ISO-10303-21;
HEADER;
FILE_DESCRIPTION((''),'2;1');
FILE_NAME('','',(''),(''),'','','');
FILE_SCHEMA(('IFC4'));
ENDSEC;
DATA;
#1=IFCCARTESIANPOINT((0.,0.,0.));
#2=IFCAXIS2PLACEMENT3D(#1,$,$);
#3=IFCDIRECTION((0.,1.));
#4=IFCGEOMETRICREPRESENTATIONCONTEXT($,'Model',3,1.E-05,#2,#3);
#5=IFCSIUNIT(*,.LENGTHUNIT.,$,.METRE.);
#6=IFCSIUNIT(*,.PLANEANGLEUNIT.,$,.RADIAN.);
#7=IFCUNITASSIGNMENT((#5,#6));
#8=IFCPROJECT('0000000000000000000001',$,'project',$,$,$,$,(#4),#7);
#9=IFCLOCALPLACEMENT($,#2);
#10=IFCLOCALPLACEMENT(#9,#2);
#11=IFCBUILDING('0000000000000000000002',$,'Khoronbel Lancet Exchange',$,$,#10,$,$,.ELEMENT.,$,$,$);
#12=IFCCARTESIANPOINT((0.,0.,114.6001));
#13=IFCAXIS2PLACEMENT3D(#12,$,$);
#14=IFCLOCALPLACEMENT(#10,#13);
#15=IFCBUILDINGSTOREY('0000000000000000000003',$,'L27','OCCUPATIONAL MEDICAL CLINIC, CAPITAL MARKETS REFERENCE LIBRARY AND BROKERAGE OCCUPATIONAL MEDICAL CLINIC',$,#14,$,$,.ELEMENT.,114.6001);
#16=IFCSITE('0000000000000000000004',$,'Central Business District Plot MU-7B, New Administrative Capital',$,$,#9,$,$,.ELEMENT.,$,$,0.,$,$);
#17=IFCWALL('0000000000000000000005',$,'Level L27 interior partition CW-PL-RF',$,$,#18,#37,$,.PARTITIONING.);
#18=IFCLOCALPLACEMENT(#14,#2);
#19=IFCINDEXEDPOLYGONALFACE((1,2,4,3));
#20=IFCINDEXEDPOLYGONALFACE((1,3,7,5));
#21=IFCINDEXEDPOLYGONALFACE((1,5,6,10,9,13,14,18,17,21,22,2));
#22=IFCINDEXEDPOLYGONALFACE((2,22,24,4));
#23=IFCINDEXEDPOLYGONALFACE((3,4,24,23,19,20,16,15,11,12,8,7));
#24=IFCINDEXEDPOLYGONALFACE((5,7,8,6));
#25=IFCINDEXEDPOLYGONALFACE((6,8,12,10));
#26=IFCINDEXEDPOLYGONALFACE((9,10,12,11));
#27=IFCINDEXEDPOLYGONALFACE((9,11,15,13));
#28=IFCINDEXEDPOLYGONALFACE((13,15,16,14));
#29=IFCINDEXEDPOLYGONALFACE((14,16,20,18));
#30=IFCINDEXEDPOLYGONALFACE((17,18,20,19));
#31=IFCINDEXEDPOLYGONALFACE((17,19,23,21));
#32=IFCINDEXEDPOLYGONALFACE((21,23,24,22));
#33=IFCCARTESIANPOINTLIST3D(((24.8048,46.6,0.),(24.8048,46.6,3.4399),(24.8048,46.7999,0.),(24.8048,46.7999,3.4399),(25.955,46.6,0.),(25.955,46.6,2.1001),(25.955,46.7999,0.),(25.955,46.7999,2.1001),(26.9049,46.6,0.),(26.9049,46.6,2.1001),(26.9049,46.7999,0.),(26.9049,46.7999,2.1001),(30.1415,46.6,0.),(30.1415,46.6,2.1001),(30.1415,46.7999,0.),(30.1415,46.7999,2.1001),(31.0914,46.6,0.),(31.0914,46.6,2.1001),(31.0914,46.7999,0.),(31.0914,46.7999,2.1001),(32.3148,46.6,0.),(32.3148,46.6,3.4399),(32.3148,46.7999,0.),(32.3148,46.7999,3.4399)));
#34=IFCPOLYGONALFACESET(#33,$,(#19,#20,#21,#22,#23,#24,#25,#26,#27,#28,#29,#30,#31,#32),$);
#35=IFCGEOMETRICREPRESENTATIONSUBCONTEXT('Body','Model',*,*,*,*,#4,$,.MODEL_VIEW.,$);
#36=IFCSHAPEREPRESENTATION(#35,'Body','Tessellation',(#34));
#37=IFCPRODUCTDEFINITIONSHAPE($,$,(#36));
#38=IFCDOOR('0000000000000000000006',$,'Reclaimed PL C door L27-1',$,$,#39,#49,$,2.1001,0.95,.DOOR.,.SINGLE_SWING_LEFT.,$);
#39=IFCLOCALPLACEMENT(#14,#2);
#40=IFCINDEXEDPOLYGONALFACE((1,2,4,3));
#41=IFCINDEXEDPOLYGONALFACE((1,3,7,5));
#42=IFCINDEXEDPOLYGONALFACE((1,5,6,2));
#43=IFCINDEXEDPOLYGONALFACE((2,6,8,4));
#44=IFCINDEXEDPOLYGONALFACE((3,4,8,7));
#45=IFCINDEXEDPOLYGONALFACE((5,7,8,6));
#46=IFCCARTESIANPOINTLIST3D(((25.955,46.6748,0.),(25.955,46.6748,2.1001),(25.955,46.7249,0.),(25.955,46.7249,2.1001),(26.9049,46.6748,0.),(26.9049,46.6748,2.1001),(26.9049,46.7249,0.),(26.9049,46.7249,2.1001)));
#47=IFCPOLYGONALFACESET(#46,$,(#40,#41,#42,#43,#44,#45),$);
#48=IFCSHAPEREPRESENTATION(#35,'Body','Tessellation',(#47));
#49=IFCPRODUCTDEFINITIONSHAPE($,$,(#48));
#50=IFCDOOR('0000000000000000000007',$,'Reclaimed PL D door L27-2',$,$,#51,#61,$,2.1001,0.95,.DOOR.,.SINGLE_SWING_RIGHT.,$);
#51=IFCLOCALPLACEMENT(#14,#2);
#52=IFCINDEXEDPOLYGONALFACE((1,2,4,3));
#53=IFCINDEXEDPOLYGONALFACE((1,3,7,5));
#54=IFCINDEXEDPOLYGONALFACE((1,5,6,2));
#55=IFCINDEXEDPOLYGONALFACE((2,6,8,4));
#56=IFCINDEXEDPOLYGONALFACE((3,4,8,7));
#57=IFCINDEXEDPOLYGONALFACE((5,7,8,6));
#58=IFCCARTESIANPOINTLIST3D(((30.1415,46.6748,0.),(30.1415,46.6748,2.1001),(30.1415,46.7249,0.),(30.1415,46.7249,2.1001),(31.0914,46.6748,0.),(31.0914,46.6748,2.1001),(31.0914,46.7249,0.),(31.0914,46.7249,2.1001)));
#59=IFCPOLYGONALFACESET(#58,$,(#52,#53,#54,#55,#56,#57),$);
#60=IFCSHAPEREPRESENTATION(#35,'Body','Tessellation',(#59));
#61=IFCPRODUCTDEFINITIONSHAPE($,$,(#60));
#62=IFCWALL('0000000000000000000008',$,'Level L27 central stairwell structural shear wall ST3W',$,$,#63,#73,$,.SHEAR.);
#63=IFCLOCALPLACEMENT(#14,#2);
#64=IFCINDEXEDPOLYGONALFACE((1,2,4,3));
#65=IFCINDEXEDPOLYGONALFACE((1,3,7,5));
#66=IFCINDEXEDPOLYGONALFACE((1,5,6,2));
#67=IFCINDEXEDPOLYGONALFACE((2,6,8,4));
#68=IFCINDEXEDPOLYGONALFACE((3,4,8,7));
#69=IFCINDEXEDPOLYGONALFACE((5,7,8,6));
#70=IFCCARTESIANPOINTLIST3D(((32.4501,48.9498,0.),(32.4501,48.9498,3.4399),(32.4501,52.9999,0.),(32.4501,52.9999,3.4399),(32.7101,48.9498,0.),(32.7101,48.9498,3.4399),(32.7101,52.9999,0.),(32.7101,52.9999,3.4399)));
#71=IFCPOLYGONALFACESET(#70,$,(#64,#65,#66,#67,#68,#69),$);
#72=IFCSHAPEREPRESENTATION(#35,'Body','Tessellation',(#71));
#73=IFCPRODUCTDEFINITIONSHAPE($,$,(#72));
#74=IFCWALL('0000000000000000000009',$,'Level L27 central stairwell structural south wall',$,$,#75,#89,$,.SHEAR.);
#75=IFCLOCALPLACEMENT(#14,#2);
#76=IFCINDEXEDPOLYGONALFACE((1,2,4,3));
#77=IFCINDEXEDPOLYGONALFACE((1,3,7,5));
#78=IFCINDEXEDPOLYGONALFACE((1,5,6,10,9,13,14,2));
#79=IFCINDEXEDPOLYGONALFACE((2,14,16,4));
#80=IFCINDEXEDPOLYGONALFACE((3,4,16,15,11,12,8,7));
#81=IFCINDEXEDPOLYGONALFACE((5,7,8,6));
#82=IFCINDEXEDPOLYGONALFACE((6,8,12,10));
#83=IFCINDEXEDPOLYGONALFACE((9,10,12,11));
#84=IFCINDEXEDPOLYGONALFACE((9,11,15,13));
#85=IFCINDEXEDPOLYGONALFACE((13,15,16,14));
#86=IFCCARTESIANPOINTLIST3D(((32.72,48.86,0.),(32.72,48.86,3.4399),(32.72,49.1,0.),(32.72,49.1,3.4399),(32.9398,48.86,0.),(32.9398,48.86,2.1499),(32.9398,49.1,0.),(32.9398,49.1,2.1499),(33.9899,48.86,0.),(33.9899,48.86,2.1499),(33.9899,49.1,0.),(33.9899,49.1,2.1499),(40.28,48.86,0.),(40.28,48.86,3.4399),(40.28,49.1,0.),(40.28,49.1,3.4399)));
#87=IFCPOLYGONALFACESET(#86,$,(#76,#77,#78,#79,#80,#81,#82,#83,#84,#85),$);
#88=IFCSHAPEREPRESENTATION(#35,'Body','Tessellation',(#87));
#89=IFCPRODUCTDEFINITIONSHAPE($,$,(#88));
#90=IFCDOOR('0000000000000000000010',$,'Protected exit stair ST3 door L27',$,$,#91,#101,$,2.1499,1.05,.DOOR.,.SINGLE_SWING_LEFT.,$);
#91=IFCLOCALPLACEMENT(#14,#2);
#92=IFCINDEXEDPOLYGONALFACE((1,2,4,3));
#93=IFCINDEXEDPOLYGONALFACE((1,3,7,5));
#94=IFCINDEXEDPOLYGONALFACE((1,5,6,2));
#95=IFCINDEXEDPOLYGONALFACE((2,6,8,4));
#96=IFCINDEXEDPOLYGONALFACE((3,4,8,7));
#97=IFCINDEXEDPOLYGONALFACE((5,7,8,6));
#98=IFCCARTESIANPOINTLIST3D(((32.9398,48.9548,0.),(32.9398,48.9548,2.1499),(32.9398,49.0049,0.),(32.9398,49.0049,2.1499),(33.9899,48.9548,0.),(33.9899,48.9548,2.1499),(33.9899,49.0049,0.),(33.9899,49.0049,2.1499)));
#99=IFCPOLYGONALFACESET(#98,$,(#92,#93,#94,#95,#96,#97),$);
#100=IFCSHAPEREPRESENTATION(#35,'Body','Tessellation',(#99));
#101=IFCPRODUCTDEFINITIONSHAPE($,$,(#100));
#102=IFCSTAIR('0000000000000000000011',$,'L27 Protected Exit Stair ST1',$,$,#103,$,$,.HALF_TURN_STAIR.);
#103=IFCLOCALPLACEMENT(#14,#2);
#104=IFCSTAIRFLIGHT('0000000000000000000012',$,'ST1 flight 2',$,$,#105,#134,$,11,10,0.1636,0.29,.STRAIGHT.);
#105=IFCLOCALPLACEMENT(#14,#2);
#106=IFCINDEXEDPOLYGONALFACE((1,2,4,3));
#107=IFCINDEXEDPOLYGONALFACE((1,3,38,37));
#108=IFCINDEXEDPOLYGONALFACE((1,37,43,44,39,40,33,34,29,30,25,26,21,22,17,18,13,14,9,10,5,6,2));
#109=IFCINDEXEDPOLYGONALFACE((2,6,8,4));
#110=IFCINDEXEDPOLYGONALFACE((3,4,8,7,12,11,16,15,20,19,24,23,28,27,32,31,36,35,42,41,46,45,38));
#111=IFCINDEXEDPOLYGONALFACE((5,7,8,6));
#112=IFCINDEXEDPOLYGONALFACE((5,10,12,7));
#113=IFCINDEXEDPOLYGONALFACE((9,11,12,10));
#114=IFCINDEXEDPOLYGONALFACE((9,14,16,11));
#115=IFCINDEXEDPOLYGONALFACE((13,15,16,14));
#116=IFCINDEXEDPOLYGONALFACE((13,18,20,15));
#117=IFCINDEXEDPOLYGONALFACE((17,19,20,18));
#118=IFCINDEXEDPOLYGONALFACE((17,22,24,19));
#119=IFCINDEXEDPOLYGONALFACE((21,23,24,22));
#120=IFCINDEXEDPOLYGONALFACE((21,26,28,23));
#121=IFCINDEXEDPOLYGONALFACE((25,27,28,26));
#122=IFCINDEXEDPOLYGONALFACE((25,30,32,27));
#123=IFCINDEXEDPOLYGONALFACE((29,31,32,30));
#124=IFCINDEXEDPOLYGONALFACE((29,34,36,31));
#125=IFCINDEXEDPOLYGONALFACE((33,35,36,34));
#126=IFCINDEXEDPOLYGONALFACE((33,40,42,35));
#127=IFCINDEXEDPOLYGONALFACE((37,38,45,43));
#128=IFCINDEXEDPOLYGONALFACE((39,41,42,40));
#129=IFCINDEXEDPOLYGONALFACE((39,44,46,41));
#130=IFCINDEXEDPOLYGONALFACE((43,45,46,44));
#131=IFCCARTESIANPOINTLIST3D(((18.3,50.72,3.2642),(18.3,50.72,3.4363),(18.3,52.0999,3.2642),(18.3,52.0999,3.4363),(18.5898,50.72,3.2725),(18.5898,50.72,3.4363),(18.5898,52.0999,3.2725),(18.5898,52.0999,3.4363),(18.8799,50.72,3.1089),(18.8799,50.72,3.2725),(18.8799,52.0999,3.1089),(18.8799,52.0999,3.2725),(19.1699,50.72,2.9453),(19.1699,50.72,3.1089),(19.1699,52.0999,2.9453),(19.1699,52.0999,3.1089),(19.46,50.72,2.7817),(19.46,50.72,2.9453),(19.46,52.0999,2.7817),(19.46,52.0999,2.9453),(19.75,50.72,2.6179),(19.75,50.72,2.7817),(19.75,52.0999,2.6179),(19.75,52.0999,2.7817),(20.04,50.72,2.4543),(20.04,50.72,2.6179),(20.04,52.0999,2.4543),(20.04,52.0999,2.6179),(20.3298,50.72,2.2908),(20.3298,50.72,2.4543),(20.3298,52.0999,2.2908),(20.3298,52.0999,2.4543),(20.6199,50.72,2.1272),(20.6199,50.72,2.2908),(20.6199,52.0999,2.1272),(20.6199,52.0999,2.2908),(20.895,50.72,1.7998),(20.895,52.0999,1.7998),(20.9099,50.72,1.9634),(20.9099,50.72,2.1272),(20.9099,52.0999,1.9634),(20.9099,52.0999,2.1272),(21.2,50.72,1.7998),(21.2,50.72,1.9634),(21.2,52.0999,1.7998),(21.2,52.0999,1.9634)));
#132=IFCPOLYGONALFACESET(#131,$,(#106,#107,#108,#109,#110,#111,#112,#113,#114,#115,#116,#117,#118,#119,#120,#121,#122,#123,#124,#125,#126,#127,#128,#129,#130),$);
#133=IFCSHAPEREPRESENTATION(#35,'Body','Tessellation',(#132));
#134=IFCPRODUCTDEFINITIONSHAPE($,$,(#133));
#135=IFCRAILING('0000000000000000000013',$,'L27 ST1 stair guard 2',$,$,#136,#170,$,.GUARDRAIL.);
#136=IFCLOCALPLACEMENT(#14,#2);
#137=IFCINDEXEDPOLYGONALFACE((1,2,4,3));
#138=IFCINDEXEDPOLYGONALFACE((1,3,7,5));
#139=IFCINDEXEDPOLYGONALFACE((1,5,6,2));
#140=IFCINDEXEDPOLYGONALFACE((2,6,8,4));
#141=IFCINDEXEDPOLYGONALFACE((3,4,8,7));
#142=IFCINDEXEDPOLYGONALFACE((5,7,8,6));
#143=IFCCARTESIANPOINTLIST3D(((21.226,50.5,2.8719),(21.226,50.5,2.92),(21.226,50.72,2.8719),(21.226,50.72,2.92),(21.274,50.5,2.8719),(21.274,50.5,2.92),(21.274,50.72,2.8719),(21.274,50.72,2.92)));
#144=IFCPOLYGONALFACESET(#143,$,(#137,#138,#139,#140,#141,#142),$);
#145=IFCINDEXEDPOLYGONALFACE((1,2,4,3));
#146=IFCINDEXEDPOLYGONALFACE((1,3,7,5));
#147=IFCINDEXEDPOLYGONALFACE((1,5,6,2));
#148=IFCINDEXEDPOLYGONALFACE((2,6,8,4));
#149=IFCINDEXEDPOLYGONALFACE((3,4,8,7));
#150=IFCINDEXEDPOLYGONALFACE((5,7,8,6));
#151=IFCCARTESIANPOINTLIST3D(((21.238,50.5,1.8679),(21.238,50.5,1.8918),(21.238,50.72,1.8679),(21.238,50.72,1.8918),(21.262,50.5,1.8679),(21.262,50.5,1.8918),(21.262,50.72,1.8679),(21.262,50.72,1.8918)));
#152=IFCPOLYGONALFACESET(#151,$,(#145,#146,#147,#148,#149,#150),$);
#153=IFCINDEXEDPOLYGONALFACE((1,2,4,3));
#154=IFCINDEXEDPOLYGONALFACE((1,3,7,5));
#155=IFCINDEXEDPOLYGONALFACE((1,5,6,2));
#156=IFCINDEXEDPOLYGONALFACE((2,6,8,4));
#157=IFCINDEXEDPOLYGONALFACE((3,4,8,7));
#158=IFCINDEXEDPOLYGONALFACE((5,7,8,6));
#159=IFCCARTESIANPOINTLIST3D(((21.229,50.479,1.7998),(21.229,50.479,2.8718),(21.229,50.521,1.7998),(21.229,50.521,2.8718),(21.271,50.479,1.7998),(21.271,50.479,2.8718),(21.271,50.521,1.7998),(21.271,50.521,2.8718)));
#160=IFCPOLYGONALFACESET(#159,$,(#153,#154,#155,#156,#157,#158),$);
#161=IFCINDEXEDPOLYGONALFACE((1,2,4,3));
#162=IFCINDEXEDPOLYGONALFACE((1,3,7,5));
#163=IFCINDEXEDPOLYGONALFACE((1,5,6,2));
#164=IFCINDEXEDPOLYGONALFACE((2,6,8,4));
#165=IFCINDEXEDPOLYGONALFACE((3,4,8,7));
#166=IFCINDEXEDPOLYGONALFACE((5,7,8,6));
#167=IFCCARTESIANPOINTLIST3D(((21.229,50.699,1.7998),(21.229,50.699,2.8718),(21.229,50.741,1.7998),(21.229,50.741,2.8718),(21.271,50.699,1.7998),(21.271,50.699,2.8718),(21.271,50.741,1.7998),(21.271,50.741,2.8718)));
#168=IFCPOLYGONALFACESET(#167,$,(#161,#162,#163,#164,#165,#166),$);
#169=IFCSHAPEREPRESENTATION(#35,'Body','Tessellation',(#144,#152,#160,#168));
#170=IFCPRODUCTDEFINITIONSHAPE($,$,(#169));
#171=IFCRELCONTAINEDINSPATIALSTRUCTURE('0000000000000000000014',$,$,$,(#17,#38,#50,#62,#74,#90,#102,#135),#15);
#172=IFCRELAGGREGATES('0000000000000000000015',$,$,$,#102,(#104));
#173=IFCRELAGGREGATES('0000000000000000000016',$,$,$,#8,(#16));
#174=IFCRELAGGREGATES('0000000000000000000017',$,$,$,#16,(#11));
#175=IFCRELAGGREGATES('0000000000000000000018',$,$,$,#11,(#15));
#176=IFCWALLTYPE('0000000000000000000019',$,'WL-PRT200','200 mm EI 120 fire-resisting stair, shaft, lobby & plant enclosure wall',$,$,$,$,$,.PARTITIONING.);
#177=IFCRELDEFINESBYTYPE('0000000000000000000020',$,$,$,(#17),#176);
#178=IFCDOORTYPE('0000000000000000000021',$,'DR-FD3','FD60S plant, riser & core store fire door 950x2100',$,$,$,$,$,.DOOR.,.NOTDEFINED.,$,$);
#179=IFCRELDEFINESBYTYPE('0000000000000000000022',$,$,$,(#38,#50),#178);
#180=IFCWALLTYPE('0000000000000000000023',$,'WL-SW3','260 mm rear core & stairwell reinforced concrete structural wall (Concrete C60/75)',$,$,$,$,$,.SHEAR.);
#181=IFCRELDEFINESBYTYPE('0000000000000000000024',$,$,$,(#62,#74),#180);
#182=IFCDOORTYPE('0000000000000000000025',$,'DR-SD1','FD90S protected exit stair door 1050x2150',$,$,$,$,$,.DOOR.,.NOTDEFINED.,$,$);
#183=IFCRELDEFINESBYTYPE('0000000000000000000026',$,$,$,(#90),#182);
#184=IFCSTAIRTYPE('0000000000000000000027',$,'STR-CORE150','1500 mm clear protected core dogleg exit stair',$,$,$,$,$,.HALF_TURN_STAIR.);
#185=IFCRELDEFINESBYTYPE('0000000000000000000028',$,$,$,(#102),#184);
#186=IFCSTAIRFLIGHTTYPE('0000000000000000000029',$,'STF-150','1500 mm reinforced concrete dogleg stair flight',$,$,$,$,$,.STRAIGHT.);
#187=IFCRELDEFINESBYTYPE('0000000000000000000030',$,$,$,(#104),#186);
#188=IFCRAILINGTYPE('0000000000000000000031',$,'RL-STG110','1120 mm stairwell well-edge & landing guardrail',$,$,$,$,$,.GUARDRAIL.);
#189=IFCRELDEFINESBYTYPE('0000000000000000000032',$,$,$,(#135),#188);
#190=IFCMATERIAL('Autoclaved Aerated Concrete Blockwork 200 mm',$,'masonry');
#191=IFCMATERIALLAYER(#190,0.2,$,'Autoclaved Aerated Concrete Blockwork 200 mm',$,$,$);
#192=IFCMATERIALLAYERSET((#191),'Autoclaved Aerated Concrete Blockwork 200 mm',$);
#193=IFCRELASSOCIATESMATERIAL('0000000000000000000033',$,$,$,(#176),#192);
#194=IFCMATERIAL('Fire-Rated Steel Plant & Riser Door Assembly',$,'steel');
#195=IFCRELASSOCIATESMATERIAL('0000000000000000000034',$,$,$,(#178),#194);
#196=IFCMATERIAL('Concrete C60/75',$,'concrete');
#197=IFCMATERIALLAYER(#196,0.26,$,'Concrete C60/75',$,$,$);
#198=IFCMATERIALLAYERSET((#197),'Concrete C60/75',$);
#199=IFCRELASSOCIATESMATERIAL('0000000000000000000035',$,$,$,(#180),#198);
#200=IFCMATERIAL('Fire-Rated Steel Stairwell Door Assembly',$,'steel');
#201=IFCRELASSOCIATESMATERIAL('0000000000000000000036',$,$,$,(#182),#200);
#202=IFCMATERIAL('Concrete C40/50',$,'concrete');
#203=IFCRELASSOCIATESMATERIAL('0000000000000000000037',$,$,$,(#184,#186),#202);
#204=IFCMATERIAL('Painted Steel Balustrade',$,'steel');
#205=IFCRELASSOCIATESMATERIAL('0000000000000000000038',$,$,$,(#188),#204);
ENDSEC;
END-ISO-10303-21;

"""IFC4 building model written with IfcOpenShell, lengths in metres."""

from ifc_helpers import new_model, si_unit, direction, frame, frame_2d, origin, origin_2d, place, context, subcontext, project, spatial, polyline, rectangle, outline, extrude, material, layer, layer_set, type_object, element, fill, aggregate, save


model = new_model("IFC4")

# Units and contexts
model_context = context("Model", 3, precision=1e-05, world=origin(), true_north=direction((0.0, 1.0)))
body_context = subcontext(model_context, "Body", "Model", "MODEL_VIEW")
ifc_project = project(units=[si_unit("LENGTHUNIT", "METRE"), si_unit("PLANEANGLEUNIT", "RADIAN")], contexts=[model_context])

# Site, building, storey
site_placement = place(None, origin())
site = spatial("IfcSite", under=ifc_project, at=site_placement, Name="Central Business District Plot MU-7B, New Administrative Capital", CompositionType="ELEMENT", RefElevation=0.0)
building_placement = place(site_placement, origin())
building = spatial("IfcBuilding", under=site, at=building_placement, Name="Khoronbel Lancet Exchange", CompositionType="ELEMENT")
storey_placement = place(building_placement, frame((0.0, 0.0, 114.6001)))
storey = spatial("IfcBuildingStorey", under=building, at=storey_placement, Name="L27", Description="OCCUPATIONAL MEDICAL CLINIC, CAPITAL MARKETS REFERENCE LIBRARY AND BROKERAGE OCCUPATIONAL MEDICAL CLINIC", CompositionType="ELEMENT", Elevation=114.6001)

# Shared definitions
ifc_material_1 = material(Name="Autoclaved Aerated Concrete Blockwork 200 mm", Category="masonry")
ifc_layer_1 = layer(ifc_material_1, 0.2, Name="Autoclaved Aerated Concrete Blockwork 200 mm")
ifc_layer_set_1 = layer_set([ifc_layer_1], Name="Autoclaved Aerated Concrete Blockwork 200 mm")
wall_type_1 = type_object("IfcWallType", Name="WL-PRT200", Description="200 mm EI 120 fire-resisting stair, shaft, lobby & plant enclosure wall", PredefinedType="PARTITIONING", material=ifc_layer_set_1)

# Wall, openings, doors
wall_1_placement = place(storey_placement, frame((24.8049, 46.7, 0.0), z_axis=(0.0, 0.0, 1.0), x_axis=(1.0, 0.0, 0.0)))
wall_1 = element("IfcWall", 1, at=wall_1_placement, inside=storey, type_object=wall_type_1, Name="Level L27 interior partition CW-PL-RF", PredefinedType="PARTITIONING", context=body_context, shape_type="SweptSolid", body=[
    extrude(rectangle(XDim=7.51, YDim=0.2, at=frame_2d((3.7549, 0.0))), origin(), (0.0, 0.0, 1.0), 3.4399),
])
opening_1_placement = place(wall_1_placement, frame((1.1499, 0.0, 0.0)))
opening_1 = element("IfcOpeningElement", 2, at=opening_1_placement, cuts=wall_1, PredefinedType="OPENING", context=body_context, shape_type="SweptSolid", body=[
    extrude(rectangle(XDim=0.95, YDim=2.1001, at=frame_2d((0.4751, 1.05))), frame((0.0, 0.1099, 0.0), z_axis=(0.0, -1.0, 0.0), x_axis=(1.0, 0.0, 0.0)), (0.0, 0.0, 1.0), 0.22),
])
opening_2_placement = place(wall_1_placement, frame((5.3364, 0.0, 0.0)))
opening_2 = element("IfcOpeningElement", 3, at=opening_2_placement, cuts=wall_1, PredefinedType="OPENING", context=body_context, shape_type="SweptSolid", body=[
    extrude(rectangle(XDim=0.95, YDim=2.1001, at=frame_2d((0.4751, 1.05))), frame((0.0, 0.1099, 0.0), z_axis=(0.0, -1.0, 0.0), x_axis=(1.0, 0.0, 0.0)), (0.0, 0.0, 1.0), 0.22),
])
ifc_material_2 = material(Name="Fire-Rated Steel Plant & Riser Door Assembly", Category="steel")
door_type_1 = type_object("IfcDoorType", Name="DR-FD3", Description="FD60S plant, riser & core store fire door 950x2100", OperationType="NOTDEFINED", PredefinedType="DOOR", material=ifc_material_2)
door_1_placement = place(opening_1_placement, origin())
door_1 = element("IfcDoor", 4, at=door_1_placement, inside=storey, type_object=door_type_1, Name="Reclaimed PL C door L27-1", OperationType="SINGLE_SWING_LEFT", OverallHeight=2.1001, OverallWidth=0.95, PredefinedType="DOOR", context=body_context, shape_type="SweptSolid", body=[
    extrude(rectangle(XDim=0.95, YDim=2.1001, at=frame_2d((0.4751, 1.05))), frame((0.0, 0.0249, 0.0), z_axis=(0.0, -1.0, 0.0), x_axis=(1.0, 0.0, 0.0)), (0.0, 0.0, 1.0), 0.05),
])
fill(opening_1, door_1)
door_2_placement = place(opening_2_placement, origin())
door_2 = element("IfcDoor", 5, at=door_2_placement, inside=storey, type_object=door_type_1, Name="Reclaimed PL D door L27-2", OperationType="SINGLE_SWING_RIGHT", OverallHeight=2.1001, OverallWidth=0.95, PredefinedType="DOOR", context=body_context, shape_type="SweptSolid", body=[
    extrude(rectangle(XDim=0.95, YDim=2.1001, at=frame_2d((0.4751, 1.05))), frame((0.0, 0.0249, 0.0), z_axis=(0.0, -1.0, 0.0), x_axis=(1.0, 0.0, 0.0)), (0.0, 0.0, 1.0), 0.05),
])
fill(opening_2, door_2)

# Wall
ifc_material_3 = material(Name="Concrete C60/75", Category="concrete")
ifc_layer_2 = layer(ifc_material_3, 0.26, Name="Concrete C60/75")
ifc_layer_set_2 = layer_set([ifc_layer_2], Name="Concrete C60/75")
wall_type_2 = type_object("IfcWallType", Name="WL-SW3", Description="260 mm rear core & stairwell reinforced concrete structural wall (Concrete C60/75)", PredefinedType="SHEAR", material=ifc_layer_set_2)
wall_2_placement = place(storey_placement, frame((32.5801, 48.95, 0.0), z_axis=(0.0, 0.0, 1.0), x_axis=(0.0, 1.0, 0.0)))
element("IfcWall", 6, at=wall_2_placement, inside=storey, type_object=wall_type_2, Name="Level L27 central stairwell structural shear wall ST3W", PredefinedType="SHEAR", context=body_context, shape_type="SweptSolid", body=[
    extrude(rectangle(XDim=4.05, YDim=0.26, at=frame_2d((2.0249, 0.0))), origin(), (0.0, 0.0, 1.0), 3.4399),
])

# Wall, opening, door
wall_3_placement = place(storey_placement, frame((32.72, 48.98, 0.0), z_axis=(0.0, 0.0, 1.0), x_axis=(1.0, 0.0, 0.0)))
wall_3 = element("IfcWall", 7, at=wall_3_placement, inside=storey, type_object=wall_type_2, Name="Level L27 central stairwell structural south wall", PredefinedType="SHEAR", context=body_context, shape_type="SweptSolid", body=[
    extrude(rectangle(XDim=7.5601, YDim=0.24, at=frame_2d((3.78, 0.0))), origin(), (0.0, 0.0, 1.0), 3.4399),
])
opening_3_placement = place(wall_3_placement, frame((0.22, 0.0, 0.0)))
opening_3 = element("IfcOpeningElement", 8, at=opening_3_placement, cuts=wall_3, PredefinedType="OPENING", context=body_context, shape_type="SweptSolid", body=[
    extrude(rectangle(XDim=1.05, YDim=2.1499, at=frame_2d((0.5249, 1.075))), frame((0.0, 0.1299, 0.0), z_axis=(0.0, -1.0, 0.0), x_axis=(1.0, 0.0, 0.0)), (0.0, 0.0, 1.0), 0.26),
])
ifc_material_4 = material(Name="Fire-Rated Steel Stairwell Door Assembly", Category="steel")
door_type_2 = type_object("IfcDoorType", Name="DR-SD1", Description="FD90S protected exit stair door 1050x2150", OperationType="NOTDEFINED", PredefinedType="DOOR", material=ifc_material_4)
door_3_placement = place(opening_3_placement, origin())
door_3 = element("IfcDoor", 9, at=door_3_placement, inside=storey, type_object=door_type_2, Name="Protected exit stair ST3 door L27", OperationType="SINGLE_SWING_LEFT", OverallHeight=2.1499, OverallWidth=1.05, PredefinedType="DOOR", context=body_context, shape_type="SweptSolid", body=[
    extrude(rectangle(XDim=1.05, YDim=2.1499, at=frame_2d((0.5249, 1.075))), frame((0.0, 0.0249, 0.0), z_axis=(0.0, -1.0, 0.0), x_axis=(1.0, 0.0, 0.0)), (0.0, 0.0, 1.0), 0.05),
])
fill(opening_3, door_3)

# Stair, stair flight
ifc_material_5 = material(Name="Concrete C40/50", Category="concrete")
stair_type = type_object("IfcStairType", Name="STR-CORE150", Description="1500 mm clear protected core dogleg exit stair", PredefinedType="HALF_TURN_STAIR", material=ifc_material_5)
stair_placement = place(storey_placement, origin())
stair = element("IfcStair", 10, at=stair_placement, inside=storey, type_object=stair_type, Name="L27 Protected Exit Stair ST1", PredefinedType="HALF_TURN_STAIR")
stair_flight_type = type_object("IfcStairFlightType", Name="STF-150", Description="1500 mm reinforced concrete dogleg stair flight", PredefinedType="STRAIGHT", material=ifc_material_5)
stair_flight_placement = place(storey_placement, frame((21.2, 51.4099, 1.7998), z_axis=(0.0, 0.0, 1.0), x_axis=(-1.0, 0.0, 0.0)))
stair_flight = element("IfcStairFlight", 11, at=stair_flight_placement, type_object=stair_flight_type, Name="ST1 flight 2", NumberOfRisers=11, NumberOfTreads=10, PredefinedType="STRAIGHT", RiserHeight=0.1636, TreadLength=0.29, context=body_context, shape_type="SweptSolid", body=[
    extrude(outline(polyline([(0.0, 0.0), (0.0, 0.1636), (0.29, 0.1636), (0.29, 0.3274), (0.5801, 0.3274), (0.5801, 0.491), (0.8701, 0.491), (0.8701, 0.6545), (1.1599, 0.6545), (1.1599, 0.8181), (1.45, 0.8181), (1.45, 0.9819), (1.74, 0.9819), (1.74, 1.1455), (2.03, 1.1455), (2.03, 1.3091), (2.3201, 1.3091), (2.3201, 1.4727), (2.6101, 1.4727), (2.6101, 1.6365), (2.8999, 1.6365), (2.8999, 1.8), (2.8999, 1.4644), (0.3049, 0.0), (0.0, 0.0)])), frame((0.0, 0.6899, 0.0), z_axis=(0.0, -1.0, 0.0), x_axis=(1.0, 0.0, 0.0)), (0.0, 0.0, 1.0), 1.3799),
])
aggregate(stair, [stair_flight])

# Railing
ifc_material_6 = material(Name="Painted Steel Balustrade", Category="steel")
railing_type_1 = type_object("IfcRailingType", Name="RL-STG110", Description="1120 mm stairwell well-edge & landing guardrail", PredefinedType="GUARDRAIL", material=ifc_material_6)
railing_1_placement = place(storey_placement, frame((21.25, 50.5, 1.7998)))
element("IfcRailing", 12, at=railing_1_placement, inside=storey, type_object=railing_type_1, Name="L27 ST1 stair guard 2", PredefinedType="GUARDRAIL", context=body_context, shape_type="SweptSolid", body=[
    extrude(rectangle(XDim=0.0481, YDim=0.0481, at=origin_2d()), frame((0.0, 0.0, 1.0962), z_axis=(0.0, 1.0, 0.0), x_axis=(-1.0, 0.0, 0.0)), (0.0, 0.0, 1.0), 0.22),
    extrude(rectangle(XDim=0.0239, YDim=0.0239, at=origin_2d()), frame((0.0, 0.0, 0.0801), z_axis=(0.0, 1.0, 0.0), x_axis=(-1.0, 0.0, 0.0)), (0.0, 0.0, 1.0), 0.22),
    extrude(rectangle(XDim=0.042, YDim=0.042, at=origin_2d()), origin(), (0.0, 0.0, 1.0), 1.072),
    extrude(rectangle(XDim=0.042, YDim=0.042, at=origin_2d()), frame((0.0, 0.22, 0.0)), (0.0, 0.0, 1.0), 1.072),
])

save(model, "model.ifc")
